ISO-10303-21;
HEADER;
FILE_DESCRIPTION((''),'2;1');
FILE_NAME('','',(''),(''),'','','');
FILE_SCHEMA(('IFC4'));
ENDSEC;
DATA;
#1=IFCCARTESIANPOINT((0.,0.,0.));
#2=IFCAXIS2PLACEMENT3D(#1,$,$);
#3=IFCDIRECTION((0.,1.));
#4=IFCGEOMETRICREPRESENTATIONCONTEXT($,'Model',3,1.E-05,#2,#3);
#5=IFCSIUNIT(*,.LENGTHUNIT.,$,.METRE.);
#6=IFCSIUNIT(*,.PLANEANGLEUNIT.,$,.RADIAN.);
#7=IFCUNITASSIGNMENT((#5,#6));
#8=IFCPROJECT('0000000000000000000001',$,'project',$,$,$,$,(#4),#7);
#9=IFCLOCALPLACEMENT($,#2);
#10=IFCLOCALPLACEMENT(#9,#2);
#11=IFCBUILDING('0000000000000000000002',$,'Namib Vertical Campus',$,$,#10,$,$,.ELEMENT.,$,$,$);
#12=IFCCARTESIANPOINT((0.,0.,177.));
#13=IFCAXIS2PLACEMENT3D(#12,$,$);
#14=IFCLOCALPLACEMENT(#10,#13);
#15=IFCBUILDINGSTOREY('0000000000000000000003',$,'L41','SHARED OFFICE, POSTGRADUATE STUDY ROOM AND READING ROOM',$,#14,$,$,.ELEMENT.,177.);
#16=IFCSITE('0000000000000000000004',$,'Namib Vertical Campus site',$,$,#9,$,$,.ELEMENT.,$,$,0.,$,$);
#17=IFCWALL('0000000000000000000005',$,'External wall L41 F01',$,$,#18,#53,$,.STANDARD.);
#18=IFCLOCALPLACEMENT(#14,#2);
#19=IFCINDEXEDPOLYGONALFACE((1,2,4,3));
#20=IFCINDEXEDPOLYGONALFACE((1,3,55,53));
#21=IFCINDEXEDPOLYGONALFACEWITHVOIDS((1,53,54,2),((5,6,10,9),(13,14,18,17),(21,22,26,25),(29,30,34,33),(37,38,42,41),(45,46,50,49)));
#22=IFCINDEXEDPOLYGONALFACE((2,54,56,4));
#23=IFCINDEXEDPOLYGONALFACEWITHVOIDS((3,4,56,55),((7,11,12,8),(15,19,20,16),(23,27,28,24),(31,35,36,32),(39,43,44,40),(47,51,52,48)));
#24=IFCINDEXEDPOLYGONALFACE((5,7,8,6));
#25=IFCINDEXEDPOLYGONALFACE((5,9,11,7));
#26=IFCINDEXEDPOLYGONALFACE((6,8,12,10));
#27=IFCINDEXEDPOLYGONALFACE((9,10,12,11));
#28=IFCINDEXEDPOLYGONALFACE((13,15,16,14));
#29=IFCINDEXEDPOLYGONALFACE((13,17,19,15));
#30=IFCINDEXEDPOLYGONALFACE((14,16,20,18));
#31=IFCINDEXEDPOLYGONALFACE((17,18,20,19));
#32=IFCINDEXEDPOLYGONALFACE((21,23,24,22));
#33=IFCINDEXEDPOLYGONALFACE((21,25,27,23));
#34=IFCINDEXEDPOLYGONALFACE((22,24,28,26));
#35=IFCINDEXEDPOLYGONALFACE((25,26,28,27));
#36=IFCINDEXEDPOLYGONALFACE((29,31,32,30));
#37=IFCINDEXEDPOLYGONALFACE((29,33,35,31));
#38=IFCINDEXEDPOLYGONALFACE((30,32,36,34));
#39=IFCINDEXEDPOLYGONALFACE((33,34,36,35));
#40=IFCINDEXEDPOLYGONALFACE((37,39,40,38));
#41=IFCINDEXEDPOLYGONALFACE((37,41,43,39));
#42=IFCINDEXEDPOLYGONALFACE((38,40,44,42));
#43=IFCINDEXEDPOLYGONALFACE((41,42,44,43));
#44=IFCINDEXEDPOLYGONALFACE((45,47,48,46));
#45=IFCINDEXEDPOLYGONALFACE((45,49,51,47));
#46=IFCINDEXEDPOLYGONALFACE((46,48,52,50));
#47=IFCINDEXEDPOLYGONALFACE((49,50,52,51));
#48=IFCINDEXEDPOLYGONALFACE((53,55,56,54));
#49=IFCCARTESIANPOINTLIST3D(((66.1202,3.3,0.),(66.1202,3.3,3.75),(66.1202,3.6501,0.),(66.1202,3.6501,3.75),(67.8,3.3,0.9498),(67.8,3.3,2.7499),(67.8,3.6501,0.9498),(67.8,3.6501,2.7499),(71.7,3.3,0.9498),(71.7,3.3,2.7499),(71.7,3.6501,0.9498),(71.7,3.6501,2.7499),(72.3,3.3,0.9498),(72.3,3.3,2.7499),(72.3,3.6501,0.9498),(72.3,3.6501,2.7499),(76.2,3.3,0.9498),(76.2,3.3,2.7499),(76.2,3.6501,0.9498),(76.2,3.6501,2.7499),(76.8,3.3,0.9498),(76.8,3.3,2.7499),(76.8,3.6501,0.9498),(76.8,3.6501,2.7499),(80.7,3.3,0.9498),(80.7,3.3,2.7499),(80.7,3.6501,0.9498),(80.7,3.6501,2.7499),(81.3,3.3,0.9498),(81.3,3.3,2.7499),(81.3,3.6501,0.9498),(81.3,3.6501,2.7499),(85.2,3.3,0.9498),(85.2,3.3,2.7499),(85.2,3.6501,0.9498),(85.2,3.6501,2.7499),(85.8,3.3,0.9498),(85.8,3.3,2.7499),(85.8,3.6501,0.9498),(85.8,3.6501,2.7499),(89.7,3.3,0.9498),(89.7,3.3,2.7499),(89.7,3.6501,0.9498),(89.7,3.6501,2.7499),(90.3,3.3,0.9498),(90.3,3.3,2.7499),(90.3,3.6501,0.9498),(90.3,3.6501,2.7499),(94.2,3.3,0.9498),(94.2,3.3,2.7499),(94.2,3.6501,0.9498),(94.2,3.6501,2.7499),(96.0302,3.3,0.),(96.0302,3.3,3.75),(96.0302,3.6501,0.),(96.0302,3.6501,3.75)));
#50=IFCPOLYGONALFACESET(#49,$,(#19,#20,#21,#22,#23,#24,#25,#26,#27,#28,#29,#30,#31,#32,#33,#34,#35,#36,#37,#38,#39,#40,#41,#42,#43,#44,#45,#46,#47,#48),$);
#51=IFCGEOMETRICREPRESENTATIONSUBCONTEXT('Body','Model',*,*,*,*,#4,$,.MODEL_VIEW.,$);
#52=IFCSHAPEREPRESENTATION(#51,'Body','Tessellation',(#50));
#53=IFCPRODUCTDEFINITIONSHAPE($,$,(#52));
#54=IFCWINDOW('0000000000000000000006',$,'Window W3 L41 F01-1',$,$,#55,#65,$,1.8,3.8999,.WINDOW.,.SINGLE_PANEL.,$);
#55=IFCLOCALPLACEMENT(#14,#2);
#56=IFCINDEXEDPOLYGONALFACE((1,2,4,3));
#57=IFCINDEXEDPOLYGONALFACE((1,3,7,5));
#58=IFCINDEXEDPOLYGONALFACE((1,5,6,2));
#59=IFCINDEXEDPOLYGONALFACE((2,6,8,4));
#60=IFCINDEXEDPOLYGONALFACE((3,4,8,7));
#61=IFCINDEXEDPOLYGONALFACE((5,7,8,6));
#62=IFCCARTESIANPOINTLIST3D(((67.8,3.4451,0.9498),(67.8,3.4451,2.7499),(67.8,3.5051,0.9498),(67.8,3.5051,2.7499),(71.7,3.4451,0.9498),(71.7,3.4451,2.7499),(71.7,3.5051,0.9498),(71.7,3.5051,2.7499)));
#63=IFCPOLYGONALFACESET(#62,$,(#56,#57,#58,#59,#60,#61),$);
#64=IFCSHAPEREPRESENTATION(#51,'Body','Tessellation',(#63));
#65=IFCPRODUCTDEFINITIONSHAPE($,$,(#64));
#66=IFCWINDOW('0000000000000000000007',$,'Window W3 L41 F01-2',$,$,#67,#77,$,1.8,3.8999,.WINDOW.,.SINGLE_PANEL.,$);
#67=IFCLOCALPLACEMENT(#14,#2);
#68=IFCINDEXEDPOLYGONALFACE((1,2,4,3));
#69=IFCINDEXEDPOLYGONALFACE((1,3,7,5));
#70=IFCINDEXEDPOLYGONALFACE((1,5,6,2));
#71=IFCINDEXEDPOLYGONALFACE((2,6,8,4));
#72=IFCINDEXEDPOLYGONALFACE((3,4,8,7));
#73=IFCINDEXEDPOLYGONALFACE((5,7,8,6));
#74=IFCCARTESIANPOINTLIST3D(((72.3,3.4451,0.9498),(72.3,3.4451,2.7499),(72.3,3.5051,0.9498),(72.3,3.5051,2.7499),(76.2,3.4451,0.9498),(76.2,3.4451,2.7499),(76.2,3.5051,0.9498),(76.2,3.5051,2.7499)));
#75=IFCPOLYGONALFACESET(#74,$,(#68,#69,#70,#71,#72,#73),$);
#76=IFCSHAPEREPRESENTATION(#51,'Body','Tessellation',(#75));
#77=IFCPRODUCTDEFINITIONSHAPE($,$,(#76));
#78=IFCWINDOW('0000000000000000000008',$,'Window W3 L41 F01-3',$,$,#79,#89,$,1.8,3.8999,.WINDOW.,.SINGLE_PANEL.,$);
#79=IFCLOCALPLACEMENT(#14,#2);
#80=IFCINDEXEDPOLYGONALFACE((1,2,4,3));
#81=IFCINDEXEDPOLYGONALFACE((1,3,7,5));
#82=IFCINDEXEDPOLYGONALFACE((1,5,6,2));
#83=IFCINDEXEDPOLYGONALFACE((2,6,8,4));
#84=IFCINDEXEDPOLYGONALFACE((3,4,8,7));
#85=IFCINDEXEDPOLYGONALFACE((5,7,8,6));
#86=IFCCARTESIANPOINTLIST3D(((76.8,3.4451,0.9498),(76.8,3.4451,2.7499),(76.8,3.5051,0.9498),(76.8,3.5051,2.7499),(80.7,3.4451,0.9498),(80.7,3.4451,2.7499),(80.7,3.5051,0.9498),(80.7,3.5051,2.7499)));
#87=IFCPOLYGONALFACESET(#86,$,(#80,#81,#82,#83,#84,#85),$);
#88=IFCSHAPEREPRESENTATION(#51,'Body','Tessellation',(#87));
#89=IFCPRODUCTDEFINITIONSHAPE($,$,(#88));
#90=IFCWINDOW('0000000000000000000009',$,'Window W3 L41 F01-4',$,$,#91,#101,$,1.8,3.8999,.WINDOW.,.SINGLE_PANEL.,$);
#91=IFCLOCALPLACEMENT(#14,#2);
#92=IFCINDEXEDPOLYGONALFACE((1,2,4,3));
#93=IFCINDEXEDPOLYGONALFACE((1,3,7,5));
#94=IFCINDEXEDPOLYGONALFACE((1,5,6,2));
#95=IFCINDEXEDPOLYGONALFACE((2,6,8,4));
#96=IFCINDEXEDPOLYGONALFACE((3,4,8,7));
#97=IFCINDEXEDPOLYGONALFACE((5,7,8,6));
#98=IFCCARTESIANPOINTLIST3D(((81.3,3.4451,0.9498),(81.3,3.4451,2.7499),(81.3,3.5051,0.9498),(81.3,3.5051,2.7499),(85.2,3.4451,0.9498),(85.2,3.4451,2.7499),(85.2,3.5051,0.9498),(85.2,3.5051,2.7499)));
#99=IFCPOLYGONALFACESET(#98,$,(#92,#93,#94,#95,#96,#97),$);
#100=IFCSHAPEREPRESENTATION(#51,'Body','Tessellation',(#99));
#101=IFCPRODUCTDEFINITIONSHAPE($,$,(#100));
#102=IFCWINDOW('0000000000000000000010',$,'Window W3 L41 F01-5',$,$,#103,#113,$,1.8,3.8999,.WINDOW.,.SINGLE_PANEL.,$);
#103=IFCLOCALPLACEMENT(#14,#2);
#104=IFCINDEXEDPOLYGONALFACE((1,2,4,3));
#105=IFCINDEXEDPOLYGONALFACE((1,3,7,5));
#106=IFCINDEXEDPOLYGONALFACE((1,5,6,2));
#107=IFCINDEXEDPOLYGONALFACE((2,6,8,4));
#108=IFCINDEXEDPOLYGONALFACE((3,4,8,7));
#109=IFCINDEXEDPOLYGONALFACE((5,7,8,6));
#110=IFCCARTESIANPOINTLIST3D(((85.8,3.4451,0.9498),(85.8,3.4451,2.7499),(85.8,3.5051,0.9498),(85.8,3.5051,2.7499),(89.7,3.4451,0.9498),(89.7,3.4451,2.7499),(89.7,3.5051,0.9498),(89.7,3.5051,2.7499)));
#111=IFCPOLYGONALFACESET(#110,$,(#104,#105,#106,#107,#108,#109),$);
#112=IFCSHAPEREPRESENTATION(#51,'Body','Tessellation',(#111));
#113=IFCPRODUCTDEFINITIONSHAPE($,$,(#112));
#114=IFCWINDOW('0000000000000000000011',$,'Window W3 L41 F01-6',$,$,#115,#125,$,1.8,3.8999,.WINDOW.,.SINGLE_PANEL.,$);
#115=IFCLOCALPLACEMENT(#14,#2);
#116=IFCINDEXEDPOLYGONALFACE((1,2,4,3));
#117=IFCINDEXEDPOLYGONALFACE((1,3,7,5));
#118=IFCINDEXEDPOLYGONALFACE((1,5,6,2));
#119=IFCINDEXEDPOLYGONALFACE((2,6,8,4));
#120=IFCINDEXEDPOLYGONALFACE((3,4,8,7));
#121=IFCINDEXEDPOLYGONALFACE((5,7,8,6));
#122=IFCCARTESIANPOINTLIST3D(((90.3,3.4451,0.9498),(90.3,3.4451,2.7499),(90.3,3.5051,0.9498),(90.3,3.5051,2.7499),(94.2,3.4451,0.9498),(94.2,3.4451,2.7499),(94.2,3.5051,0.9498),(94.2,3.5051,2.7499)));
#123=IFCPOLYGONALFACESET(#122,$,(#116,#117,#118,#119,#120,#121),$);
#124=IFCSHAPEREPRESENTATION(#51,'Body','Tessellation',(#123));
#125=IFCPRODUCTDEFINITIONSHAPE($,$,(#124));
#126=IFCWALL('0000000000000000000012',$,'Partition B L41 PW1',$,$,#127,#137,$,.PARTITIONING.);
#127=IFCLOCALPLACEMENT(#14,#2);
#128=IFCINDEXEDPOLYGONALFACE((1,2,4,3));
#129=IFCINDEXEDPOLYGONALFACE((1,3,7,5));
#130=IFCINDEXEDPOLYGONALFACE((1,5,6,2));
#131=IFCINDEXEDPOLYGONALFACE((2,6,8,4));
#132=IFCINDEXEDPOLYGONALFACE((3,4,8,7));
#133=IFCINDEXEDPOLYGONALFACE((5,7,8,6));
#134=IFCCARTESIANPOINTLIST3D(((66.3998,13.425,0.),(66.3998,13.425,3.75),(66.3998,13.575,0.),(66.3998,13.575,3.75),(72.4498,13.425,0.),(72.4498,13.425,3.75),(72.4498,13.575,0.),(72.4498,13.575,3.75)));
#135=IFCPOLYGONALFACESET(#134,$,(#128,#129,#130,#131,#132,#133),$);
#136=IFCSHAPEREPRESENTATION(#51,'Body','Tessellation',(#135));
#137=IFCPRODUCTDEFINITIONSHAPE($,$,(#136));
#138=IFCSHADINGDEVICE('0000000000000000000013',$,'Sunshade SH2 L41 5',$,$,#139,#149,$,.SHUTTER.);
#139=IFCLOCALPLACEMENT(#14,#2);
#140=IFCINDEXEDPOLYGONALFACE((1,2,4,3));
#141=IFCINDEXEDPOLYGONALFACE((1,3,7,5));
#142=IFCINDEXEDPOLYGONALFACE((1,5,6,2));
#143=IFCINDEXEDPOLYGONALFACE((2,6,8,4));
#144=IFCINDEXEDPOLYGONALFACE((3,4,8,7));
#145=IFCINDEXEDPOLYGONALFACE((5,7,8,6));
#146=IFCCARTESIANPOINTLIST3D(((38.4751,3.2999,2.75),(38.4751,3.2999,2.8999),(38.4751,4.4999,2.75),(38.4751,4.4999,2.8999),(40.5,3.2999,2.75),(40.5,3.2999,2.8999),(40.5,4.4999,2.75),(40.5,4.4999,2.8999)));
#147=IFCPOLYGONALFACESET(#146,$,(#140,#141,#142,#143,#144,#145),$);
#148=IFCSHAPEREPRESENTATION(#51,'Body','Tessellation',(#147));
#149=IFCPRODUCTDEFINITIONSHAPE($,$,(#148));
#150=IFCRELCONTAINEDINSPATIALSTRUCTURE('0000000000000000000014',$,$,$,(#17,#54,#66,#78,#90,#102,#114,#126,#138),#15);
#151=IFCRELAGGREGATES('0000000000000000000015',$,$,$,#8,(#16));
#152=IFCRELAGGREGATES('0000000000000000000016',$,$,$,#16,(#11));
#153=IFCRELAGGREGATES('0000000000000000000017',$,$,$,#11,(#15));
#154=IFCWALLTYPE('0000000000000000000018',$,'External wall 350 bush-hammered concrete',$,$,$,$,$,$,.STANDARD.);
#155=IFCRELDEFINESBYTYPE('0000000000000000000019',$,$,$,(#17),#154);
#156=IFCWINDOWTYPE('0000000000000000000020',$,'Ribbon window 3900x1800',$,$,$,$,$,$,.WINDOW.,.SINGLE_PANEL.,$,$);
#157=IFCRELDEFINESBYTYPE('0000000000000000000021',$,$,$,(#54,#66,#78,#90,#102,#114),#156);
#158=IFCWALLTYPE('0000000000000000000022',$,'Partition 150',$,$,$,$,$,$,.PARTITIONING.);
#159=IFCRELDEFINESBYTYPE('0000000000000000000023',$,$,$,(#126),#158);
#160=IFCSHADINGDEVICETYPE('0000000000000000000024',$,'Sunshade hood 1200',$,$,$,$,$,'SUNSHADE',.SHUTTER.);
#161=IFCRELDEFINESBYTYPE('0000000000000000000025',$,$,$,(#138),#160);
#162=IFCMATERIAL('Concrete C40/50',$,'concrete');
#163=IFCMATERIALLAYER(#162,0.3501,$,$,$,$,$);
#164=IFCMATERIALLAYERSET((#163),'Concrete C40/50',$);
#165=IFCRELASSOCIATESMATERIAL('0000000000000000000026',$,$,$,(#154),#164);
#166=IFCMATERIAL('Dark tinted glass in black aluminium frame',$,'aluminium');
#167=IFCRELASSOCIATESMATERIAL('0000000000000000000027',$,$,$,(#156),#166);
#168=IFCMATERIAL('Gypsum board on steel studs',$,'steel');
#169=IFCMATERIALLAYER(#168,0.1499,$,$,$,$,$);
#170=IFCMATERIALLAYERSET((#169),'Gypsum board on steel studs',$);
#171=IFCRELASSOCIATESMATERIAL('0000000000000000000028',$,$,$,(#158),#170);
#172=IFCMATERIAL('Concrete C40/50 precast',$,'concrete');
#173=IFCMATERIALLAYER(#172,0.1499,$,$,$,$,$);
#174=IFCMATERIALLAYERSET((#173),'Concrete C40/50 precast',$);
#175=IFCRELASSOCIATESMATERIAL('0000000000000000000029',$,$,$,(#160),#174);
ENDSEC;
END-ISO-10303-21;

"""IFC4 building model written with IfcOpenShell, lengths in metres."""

from ifc_helpers import new_model, si_unit, direction, frame, frame_2d, origin, origin_2d, place, context, subcontext, project, spatial, rectangle, extrude, material, layer, layer_set, type_object, element, fill, save


model = new_model("IFC4")

# Units and contexts
model_context = context("Model", 3, precision=1e-05, world=origin(), true_north=direction((0.0, 1.0)))
body_context = subcontext(model_context, "Body", "Model", "MODEL_VIEW")
ifc_project = project(units=[si_unit("LENGTHUNIT", "METRE"), si_unit("PLANEANGLEUNIT", "RADIAN")], contexts=[model_context])

# Site, building, storey
site_placement = place(None, origin())
site = spatial("IfcSite", under=ifc_project, at=site_placement, Name="Namib Vertical Campus site", CompositionType="ELEMENT", RefElevation=0.0)
building_placement = place(site_placement, origin())
building = spatial("IfcBuilding", under=site, at=building_placement, Name="Namib Vertical Campus", CompositionType="ELEMENT")
storey_placement = place(building_placement, frame((0.0, 0.0, 177.0)))
storey = spatial("IfcBuildingStorey", under=building, at=storey_placement, Name="L41", Description="SHARED OFFICE, POSTGRADUATE STUDY ROOM AND READING ROOM", CompositionType="ELEMENT", Elevation=177.0)

# Wall, openings, windows
ifc_material_1 = material(Name="Concrete C40/50", Category="concrete")
ifc_layer_1 = layer(ifc_material_1, 0.3501)
ifc_layer_set_1 = layer_set([ifc_layer_1], Name="Concrete C40/50")
wall_type_1 = type_object("IfcWallType", Name="External wall 350 bush-hammered concrete", PredefinedType="STANDARD", material=ifc_layer_set_1)
ifc_material_2 = material(Name="Dark tinted glass in black aluminium frame", Category="aluminium")
window_type = type_object("IfcWindowType", Name="Ribbon window 3900x1800", PartitioningType="SINGLE_PANEL", PredefinedType="WINDOW", material=ifc_material_2)
wall_1_placement = place(storey_placement, frame((66.1201, 3.4751, 0.0), z_axis=(0.0, 0.0, 1.0), x_axis=(1.0, 0.0, 0.0)))
wall_1 = element("IfcWall", 1, at=wall_1_placement, inside=storey, type_object=wall_type_1, Name="External wall L41 F01", PredefinedType="STANDARD", context=body_context, shape_type="SweptSolid", body=[
    extrude(rectangle(XDim=29.9099, YDim=0.3501, at=frame_2d((14.9551, 0.0))), origin(), (0.0, 0.0, 1.0), 3.75),
])
opening_1_placement = place(wall_1_placement, frame((1.6799, 0.0, 0.95)))
opening_1 = element("IfcOpeningElement", 2, at=opening_1_placement, cuts=wall_1, PredefinedType="OPENING", context=body_context, shape_type="SweptSolid", body=[
    extrude(rectangle(XDim=3.8999, YDim=1.8, at=frame_2d((1.95, 0.8999))), frame((0.0, 0.1851, 0.0), z_axis=(0.0, -1.0, 0.0), x_axis=(1.0, 0.0, 0.0)), (0.0, 0.0, 1.0), 0.3701),
])
opening_2_placement = place(wall_1_placement, frame((6.1799, 0.0, 0.95)))
opening_2 = element("IfcOpeningElement", 3, at=opening_2_placement, cuts=wall_1, PredefinedType="OPENING", context=body_context, shape_type="SweptSolid", body=[
    extrude(rectangle(XDim=3.8999, YDim=1.8, at=frame_2d((1.95, 0.8999))), frame((0.0, 0.1851, 0.0), z_axis=(0.0, -1.0, 0.0), x_axis=(1.0, 0.0, 0.0)), (0.0, 0.0, 1.0), 0.3701),
])
opening_3_placement = place(wall_1_placement, frame((10.6799, 0.0, 0.95)))
opening_3 = element("IfcOpeningElement", 4, at=opening_3_placement, cuts=wall_1, PredefinedType="OPENING", context=body_context, shape_type="SweptSolid", body=[
    extrude(rectangle(XDim=3.8999, YDim=1.8, at=frame_2d((1.95, 0.8999))), frame((0.0, 0.1851, 0.0), z_axis=(0.0, -1.0, 0.0), x_axis=(1.0, 0.0, 0.0)), (0.0, 0.0, 1.0), 0.3701),
])
opening_4_placement = place(wall_1_placement, frame((15.1799, 0.0, 0.95)))
opening_4 = element("IfcOpeningElement", 5, at=opening_4_placement, cuts=wall_1, PredefinedType="OPENING", context=body_context, shape_type="SweptSolid", body=[
    extrude(rectangle(XDim=3.8999, YDim=1.8, at=frame_2d((1.95, 0.8999))), frame((0.0, 0.1851, 0.0), z_axis=(0.0, -1.0, 0.0), x_axis=(1.0, 0.0, 0.0)), (0.0, 0.0, 1.0), 0.3701),
])
opening_5_placement = place(wall_1_placement, frame((19.6799, 0.0, 0.95)))
opening_5 = element("IfcOpeningElement", 6, at=opening_5_placement, cuts=wall_1, PredefinedType="OPENING", context=body_context, shape_type="SweptSolid", body=[
    extrude(rectangle(XDim=3.8999, YDim=1.8, at=frame_2d((1.95, 0.8999))), frame((0.0, 0.1851, 0.0), z_axis=(0.0, -1.0, 0.0), x_axis=(1.0, 0.0, 0.0)), (0.0, 0.0, 1.0), 0.3701),
])
opening_6_placement = place(wall_1_placement, frame((24.1799, 0.0, 0.95)))
opening_6 = element("IfcOpeningElement", 7, at=opening_6_placement, cuts=wall_1, PredefinedType="OPENING", context=body_context, shape_type="SweptSolid", body=[
    extrude(rectangle(XDim=3.8999, YDim=1.8, at=frame_2d((1.95, 0.8999))), frame((0.0, 0.1851, 0.0), z_axis=(0.0, -1.0, 0.0), x_axis=(1.0, 0.0, 0.0)), (0.0, 0.0, 1.0), 0.3701),
])
window_1_placement = place(opening_1_placement, origin())
window_1 = element("IfcWindow", 8, at=window_1_placement, inside=storey, type_object=window_type, Name="Window W3 L41 F01-1", OverallHeight=1.8, OverallWidth=3.8999, PartitioningType="SINGLE_PANEL", PredefinedType="WINDOW", context=body_context, shape_type="SweptSolid", body=[
    extrude(rectangle(XDim=3.8999, YDim=1.8, at=frame_2d((1.95, 0.8999))), frame((0.0, 0.03, 0.0), z_axis=(0.0, -1.0, 0.0), x_axis=(1.0, 0.0, 0.0)), (0.0, 0.0, 1.0), 0.0601),
])
fill(opening_1, window_1)
window_2_placement = place(opening_2_placement, origin())
window_2 = element("IfcWindow", 9, at=window_2_placement, inside=storey, type_object=window_type, Name="Window W3 L41 F01-2", OverallHeight=1.8, OverallWidth=3.8999, PartitioningType="SINGLE_PANEL", PredefinedType="WINDOW", context=body_context, shape_type="SweptSolid", body=[
    extrude(rectangle(XDim=3.8999, YDim=1.8, at=frame_2d((1.95, 0.8999))), frame((0.0, 0.03, 0.0), z_axis=(0.0, -1.0, 0.0), x_axis=(1.0, 0.0, 0.0)), (0.0, 0.0, 1.0), 0.0601),
])
fill(opening_2, window_2)
window_3_placement = place(opening_3_placement, origin())
window_3 = element("IfcWindow", 10, at=window_3_placement, inside=storey, type_object=window_type, Name="Window W3 L41 F01-3", OverallHeight=1.8, OverallWidth=3.8999, PartitioningType="SINGLE_PANEL", PredefinedType="WINDOW", context=body_context, shape_type="SweptSolid", body=[
    extrude(rectangle(XDim=3.8999, YDim=1.8, at=frame_2d((1.95, 0.8999))), frame((0.0, 0.03, 0.0), z_axis=(0.0, -1.0, 0.0), x_axis=(1.0, 0.0, 0.0)), (0.0, 0.0, 1.0), 0.0601),
])
fill(opening_3, window_3)
window_4_placement = place(opening_4_placement, origin())
window_4 = element("IfcWindow", 11, at=window_4_placement, inside=storey, type_object=window_type, Name="Window W3 L41 F01-4", OverallHeight=1.8, OverallWidth=3.8999, PartitioningType="SINGLE_PANEL", PredefinedType="WINDOW", context=body_context, shape_type="SweptSolid", body=[
    extrude(rectangle(XDim=3.8999, YDim=1.8, at=frame_2d((1.95, 0.8999))), frame((0.0, 0.03, 0.0), z_axis=(0.0, -1.0, 0.0), x_axis=(1.0, 0.0, 0.0)), (0.0, 0.0, 1.0), 0.0601),
])
fill(opening_4, window_4)
window_5_placement = place(opening_5_placement, origin())
window_5 = element("IfcWindow", 12, at=window_5_placement, inside=storey, type_object=window_type, Name="Window W3 L41 F01-5", OverallHeight=1.8, OverallWidth=3.8999, PartitioningType="SINGLE_PANEL", PredefinedType="WINDOW", context=body_context, shape_type="SweptSolid", body=[
    extrude(rectangle(XDim=3.8999, YDim=1.8, at=frame_2d((1.95, 0.8999))), frame((0.0, 0.03, 0.0), z_axis=(0.0, -1.0, 0.0), x_axis=(1.0, 0.0, 0.0)), (0.0, 0.0, 1.0), 0.0601),
])
fill(opening_5, window_5)
window_6_placement = place(opening_6_placement, origin())
window_6 = element("IfcWindow", 13, at=window_6_placement, inside=storey, type_object=window_type, Name="Window W3 L41 F01-6", OverallHeight=1.8, OverallWidth=3.8999, PartitioningType="SINGLE_PANEL", PredefinedType="WINDOW", context=body_context, shape_type="SweptSolid", body=[
    extrude(rectangle(XDim=3.8999, YDim=1.8, at=frame_2d((1.95, 0.8999))), frame((0.0, 0.03, 0.0), z_axis=(0.0, -1.0, 0.0), x_axis=(1.0, 0.0, 0.0)), (0.0, 0.0, 1.0), 0.0601),
])
fill(opening_6, window_6)

# Wall
ifc_material_3 = material(Name="Gypsum board on steel studs", Category="steel")
ifc_layer_2 = layer(ifc_material_3, 0.1499)
ifc_layer_set_2 = layer_set([ifc_layer_2], Name="Gypsum board on steel studs")
wall_type_2 = type_object("IfcWallType", Name="Partition 150", PredefinedType="PARTITIONING", material=ifc_layer_set_2)
wall_2_placement = place(storey_placement, frame((66.3999, 13.5, 0.0), z_axis=(0.0, 0.0, 1.0), x_axis=(1.0, 0.0, 0.0)))
element("IfcWall", 14, at=wall_2_placement, inside=storey, type_object=wall_type_2, Name="Partition B L41 PW1", PredefinedType="PARTITIONING", context=body_context, shape_type="SweptSolid", body=[
    extrude(rectangle(XDim=6.05, YDim=0.1499, at=frame_2d((3.0249, 0.0))), origin(), (0.0, 0.0, 1.0), 3.75),
])

# Shading device
ifc_material_4 = material(Name="Concrete C40/50 precast", Category="concrete")
ifc_layer_3 = layer(ifc_material_4, 0.1499)
ifc_layer_set_3 = layer_set([ifc_layer_3], Name="Concrete C40/50 precast")
shading_device_type = type_object("IfcShadingDeviceType", Name="Sunshade hood 1200", ElementType="SUNSHADE", PredefinedType="SHUTTER", material=ifc_layer_set_3)
shading_device_placement = place(storey_placement, frame((39.4875, 3.8999, 2.75), z_axis=(0.0, 0.0, 1.0), x_axis=(1.0, 0.0, 0.0)))
element("IfcShadingDevice", 15, at=shading_device_placement, inside=storey, type_object=shading_device_type, Name="Sunshade SH2 L41 5", PredefinedType="SHUTTER", context=body_context, shape_type="SweptSolid", body=[
    extrude(rectangle(XDim=2.0249, YDim=1.2, at=origin_2d()), origin(), (0.0, 0.0, 1.0), 0.1499),
])

save(model, "model.ifc")
